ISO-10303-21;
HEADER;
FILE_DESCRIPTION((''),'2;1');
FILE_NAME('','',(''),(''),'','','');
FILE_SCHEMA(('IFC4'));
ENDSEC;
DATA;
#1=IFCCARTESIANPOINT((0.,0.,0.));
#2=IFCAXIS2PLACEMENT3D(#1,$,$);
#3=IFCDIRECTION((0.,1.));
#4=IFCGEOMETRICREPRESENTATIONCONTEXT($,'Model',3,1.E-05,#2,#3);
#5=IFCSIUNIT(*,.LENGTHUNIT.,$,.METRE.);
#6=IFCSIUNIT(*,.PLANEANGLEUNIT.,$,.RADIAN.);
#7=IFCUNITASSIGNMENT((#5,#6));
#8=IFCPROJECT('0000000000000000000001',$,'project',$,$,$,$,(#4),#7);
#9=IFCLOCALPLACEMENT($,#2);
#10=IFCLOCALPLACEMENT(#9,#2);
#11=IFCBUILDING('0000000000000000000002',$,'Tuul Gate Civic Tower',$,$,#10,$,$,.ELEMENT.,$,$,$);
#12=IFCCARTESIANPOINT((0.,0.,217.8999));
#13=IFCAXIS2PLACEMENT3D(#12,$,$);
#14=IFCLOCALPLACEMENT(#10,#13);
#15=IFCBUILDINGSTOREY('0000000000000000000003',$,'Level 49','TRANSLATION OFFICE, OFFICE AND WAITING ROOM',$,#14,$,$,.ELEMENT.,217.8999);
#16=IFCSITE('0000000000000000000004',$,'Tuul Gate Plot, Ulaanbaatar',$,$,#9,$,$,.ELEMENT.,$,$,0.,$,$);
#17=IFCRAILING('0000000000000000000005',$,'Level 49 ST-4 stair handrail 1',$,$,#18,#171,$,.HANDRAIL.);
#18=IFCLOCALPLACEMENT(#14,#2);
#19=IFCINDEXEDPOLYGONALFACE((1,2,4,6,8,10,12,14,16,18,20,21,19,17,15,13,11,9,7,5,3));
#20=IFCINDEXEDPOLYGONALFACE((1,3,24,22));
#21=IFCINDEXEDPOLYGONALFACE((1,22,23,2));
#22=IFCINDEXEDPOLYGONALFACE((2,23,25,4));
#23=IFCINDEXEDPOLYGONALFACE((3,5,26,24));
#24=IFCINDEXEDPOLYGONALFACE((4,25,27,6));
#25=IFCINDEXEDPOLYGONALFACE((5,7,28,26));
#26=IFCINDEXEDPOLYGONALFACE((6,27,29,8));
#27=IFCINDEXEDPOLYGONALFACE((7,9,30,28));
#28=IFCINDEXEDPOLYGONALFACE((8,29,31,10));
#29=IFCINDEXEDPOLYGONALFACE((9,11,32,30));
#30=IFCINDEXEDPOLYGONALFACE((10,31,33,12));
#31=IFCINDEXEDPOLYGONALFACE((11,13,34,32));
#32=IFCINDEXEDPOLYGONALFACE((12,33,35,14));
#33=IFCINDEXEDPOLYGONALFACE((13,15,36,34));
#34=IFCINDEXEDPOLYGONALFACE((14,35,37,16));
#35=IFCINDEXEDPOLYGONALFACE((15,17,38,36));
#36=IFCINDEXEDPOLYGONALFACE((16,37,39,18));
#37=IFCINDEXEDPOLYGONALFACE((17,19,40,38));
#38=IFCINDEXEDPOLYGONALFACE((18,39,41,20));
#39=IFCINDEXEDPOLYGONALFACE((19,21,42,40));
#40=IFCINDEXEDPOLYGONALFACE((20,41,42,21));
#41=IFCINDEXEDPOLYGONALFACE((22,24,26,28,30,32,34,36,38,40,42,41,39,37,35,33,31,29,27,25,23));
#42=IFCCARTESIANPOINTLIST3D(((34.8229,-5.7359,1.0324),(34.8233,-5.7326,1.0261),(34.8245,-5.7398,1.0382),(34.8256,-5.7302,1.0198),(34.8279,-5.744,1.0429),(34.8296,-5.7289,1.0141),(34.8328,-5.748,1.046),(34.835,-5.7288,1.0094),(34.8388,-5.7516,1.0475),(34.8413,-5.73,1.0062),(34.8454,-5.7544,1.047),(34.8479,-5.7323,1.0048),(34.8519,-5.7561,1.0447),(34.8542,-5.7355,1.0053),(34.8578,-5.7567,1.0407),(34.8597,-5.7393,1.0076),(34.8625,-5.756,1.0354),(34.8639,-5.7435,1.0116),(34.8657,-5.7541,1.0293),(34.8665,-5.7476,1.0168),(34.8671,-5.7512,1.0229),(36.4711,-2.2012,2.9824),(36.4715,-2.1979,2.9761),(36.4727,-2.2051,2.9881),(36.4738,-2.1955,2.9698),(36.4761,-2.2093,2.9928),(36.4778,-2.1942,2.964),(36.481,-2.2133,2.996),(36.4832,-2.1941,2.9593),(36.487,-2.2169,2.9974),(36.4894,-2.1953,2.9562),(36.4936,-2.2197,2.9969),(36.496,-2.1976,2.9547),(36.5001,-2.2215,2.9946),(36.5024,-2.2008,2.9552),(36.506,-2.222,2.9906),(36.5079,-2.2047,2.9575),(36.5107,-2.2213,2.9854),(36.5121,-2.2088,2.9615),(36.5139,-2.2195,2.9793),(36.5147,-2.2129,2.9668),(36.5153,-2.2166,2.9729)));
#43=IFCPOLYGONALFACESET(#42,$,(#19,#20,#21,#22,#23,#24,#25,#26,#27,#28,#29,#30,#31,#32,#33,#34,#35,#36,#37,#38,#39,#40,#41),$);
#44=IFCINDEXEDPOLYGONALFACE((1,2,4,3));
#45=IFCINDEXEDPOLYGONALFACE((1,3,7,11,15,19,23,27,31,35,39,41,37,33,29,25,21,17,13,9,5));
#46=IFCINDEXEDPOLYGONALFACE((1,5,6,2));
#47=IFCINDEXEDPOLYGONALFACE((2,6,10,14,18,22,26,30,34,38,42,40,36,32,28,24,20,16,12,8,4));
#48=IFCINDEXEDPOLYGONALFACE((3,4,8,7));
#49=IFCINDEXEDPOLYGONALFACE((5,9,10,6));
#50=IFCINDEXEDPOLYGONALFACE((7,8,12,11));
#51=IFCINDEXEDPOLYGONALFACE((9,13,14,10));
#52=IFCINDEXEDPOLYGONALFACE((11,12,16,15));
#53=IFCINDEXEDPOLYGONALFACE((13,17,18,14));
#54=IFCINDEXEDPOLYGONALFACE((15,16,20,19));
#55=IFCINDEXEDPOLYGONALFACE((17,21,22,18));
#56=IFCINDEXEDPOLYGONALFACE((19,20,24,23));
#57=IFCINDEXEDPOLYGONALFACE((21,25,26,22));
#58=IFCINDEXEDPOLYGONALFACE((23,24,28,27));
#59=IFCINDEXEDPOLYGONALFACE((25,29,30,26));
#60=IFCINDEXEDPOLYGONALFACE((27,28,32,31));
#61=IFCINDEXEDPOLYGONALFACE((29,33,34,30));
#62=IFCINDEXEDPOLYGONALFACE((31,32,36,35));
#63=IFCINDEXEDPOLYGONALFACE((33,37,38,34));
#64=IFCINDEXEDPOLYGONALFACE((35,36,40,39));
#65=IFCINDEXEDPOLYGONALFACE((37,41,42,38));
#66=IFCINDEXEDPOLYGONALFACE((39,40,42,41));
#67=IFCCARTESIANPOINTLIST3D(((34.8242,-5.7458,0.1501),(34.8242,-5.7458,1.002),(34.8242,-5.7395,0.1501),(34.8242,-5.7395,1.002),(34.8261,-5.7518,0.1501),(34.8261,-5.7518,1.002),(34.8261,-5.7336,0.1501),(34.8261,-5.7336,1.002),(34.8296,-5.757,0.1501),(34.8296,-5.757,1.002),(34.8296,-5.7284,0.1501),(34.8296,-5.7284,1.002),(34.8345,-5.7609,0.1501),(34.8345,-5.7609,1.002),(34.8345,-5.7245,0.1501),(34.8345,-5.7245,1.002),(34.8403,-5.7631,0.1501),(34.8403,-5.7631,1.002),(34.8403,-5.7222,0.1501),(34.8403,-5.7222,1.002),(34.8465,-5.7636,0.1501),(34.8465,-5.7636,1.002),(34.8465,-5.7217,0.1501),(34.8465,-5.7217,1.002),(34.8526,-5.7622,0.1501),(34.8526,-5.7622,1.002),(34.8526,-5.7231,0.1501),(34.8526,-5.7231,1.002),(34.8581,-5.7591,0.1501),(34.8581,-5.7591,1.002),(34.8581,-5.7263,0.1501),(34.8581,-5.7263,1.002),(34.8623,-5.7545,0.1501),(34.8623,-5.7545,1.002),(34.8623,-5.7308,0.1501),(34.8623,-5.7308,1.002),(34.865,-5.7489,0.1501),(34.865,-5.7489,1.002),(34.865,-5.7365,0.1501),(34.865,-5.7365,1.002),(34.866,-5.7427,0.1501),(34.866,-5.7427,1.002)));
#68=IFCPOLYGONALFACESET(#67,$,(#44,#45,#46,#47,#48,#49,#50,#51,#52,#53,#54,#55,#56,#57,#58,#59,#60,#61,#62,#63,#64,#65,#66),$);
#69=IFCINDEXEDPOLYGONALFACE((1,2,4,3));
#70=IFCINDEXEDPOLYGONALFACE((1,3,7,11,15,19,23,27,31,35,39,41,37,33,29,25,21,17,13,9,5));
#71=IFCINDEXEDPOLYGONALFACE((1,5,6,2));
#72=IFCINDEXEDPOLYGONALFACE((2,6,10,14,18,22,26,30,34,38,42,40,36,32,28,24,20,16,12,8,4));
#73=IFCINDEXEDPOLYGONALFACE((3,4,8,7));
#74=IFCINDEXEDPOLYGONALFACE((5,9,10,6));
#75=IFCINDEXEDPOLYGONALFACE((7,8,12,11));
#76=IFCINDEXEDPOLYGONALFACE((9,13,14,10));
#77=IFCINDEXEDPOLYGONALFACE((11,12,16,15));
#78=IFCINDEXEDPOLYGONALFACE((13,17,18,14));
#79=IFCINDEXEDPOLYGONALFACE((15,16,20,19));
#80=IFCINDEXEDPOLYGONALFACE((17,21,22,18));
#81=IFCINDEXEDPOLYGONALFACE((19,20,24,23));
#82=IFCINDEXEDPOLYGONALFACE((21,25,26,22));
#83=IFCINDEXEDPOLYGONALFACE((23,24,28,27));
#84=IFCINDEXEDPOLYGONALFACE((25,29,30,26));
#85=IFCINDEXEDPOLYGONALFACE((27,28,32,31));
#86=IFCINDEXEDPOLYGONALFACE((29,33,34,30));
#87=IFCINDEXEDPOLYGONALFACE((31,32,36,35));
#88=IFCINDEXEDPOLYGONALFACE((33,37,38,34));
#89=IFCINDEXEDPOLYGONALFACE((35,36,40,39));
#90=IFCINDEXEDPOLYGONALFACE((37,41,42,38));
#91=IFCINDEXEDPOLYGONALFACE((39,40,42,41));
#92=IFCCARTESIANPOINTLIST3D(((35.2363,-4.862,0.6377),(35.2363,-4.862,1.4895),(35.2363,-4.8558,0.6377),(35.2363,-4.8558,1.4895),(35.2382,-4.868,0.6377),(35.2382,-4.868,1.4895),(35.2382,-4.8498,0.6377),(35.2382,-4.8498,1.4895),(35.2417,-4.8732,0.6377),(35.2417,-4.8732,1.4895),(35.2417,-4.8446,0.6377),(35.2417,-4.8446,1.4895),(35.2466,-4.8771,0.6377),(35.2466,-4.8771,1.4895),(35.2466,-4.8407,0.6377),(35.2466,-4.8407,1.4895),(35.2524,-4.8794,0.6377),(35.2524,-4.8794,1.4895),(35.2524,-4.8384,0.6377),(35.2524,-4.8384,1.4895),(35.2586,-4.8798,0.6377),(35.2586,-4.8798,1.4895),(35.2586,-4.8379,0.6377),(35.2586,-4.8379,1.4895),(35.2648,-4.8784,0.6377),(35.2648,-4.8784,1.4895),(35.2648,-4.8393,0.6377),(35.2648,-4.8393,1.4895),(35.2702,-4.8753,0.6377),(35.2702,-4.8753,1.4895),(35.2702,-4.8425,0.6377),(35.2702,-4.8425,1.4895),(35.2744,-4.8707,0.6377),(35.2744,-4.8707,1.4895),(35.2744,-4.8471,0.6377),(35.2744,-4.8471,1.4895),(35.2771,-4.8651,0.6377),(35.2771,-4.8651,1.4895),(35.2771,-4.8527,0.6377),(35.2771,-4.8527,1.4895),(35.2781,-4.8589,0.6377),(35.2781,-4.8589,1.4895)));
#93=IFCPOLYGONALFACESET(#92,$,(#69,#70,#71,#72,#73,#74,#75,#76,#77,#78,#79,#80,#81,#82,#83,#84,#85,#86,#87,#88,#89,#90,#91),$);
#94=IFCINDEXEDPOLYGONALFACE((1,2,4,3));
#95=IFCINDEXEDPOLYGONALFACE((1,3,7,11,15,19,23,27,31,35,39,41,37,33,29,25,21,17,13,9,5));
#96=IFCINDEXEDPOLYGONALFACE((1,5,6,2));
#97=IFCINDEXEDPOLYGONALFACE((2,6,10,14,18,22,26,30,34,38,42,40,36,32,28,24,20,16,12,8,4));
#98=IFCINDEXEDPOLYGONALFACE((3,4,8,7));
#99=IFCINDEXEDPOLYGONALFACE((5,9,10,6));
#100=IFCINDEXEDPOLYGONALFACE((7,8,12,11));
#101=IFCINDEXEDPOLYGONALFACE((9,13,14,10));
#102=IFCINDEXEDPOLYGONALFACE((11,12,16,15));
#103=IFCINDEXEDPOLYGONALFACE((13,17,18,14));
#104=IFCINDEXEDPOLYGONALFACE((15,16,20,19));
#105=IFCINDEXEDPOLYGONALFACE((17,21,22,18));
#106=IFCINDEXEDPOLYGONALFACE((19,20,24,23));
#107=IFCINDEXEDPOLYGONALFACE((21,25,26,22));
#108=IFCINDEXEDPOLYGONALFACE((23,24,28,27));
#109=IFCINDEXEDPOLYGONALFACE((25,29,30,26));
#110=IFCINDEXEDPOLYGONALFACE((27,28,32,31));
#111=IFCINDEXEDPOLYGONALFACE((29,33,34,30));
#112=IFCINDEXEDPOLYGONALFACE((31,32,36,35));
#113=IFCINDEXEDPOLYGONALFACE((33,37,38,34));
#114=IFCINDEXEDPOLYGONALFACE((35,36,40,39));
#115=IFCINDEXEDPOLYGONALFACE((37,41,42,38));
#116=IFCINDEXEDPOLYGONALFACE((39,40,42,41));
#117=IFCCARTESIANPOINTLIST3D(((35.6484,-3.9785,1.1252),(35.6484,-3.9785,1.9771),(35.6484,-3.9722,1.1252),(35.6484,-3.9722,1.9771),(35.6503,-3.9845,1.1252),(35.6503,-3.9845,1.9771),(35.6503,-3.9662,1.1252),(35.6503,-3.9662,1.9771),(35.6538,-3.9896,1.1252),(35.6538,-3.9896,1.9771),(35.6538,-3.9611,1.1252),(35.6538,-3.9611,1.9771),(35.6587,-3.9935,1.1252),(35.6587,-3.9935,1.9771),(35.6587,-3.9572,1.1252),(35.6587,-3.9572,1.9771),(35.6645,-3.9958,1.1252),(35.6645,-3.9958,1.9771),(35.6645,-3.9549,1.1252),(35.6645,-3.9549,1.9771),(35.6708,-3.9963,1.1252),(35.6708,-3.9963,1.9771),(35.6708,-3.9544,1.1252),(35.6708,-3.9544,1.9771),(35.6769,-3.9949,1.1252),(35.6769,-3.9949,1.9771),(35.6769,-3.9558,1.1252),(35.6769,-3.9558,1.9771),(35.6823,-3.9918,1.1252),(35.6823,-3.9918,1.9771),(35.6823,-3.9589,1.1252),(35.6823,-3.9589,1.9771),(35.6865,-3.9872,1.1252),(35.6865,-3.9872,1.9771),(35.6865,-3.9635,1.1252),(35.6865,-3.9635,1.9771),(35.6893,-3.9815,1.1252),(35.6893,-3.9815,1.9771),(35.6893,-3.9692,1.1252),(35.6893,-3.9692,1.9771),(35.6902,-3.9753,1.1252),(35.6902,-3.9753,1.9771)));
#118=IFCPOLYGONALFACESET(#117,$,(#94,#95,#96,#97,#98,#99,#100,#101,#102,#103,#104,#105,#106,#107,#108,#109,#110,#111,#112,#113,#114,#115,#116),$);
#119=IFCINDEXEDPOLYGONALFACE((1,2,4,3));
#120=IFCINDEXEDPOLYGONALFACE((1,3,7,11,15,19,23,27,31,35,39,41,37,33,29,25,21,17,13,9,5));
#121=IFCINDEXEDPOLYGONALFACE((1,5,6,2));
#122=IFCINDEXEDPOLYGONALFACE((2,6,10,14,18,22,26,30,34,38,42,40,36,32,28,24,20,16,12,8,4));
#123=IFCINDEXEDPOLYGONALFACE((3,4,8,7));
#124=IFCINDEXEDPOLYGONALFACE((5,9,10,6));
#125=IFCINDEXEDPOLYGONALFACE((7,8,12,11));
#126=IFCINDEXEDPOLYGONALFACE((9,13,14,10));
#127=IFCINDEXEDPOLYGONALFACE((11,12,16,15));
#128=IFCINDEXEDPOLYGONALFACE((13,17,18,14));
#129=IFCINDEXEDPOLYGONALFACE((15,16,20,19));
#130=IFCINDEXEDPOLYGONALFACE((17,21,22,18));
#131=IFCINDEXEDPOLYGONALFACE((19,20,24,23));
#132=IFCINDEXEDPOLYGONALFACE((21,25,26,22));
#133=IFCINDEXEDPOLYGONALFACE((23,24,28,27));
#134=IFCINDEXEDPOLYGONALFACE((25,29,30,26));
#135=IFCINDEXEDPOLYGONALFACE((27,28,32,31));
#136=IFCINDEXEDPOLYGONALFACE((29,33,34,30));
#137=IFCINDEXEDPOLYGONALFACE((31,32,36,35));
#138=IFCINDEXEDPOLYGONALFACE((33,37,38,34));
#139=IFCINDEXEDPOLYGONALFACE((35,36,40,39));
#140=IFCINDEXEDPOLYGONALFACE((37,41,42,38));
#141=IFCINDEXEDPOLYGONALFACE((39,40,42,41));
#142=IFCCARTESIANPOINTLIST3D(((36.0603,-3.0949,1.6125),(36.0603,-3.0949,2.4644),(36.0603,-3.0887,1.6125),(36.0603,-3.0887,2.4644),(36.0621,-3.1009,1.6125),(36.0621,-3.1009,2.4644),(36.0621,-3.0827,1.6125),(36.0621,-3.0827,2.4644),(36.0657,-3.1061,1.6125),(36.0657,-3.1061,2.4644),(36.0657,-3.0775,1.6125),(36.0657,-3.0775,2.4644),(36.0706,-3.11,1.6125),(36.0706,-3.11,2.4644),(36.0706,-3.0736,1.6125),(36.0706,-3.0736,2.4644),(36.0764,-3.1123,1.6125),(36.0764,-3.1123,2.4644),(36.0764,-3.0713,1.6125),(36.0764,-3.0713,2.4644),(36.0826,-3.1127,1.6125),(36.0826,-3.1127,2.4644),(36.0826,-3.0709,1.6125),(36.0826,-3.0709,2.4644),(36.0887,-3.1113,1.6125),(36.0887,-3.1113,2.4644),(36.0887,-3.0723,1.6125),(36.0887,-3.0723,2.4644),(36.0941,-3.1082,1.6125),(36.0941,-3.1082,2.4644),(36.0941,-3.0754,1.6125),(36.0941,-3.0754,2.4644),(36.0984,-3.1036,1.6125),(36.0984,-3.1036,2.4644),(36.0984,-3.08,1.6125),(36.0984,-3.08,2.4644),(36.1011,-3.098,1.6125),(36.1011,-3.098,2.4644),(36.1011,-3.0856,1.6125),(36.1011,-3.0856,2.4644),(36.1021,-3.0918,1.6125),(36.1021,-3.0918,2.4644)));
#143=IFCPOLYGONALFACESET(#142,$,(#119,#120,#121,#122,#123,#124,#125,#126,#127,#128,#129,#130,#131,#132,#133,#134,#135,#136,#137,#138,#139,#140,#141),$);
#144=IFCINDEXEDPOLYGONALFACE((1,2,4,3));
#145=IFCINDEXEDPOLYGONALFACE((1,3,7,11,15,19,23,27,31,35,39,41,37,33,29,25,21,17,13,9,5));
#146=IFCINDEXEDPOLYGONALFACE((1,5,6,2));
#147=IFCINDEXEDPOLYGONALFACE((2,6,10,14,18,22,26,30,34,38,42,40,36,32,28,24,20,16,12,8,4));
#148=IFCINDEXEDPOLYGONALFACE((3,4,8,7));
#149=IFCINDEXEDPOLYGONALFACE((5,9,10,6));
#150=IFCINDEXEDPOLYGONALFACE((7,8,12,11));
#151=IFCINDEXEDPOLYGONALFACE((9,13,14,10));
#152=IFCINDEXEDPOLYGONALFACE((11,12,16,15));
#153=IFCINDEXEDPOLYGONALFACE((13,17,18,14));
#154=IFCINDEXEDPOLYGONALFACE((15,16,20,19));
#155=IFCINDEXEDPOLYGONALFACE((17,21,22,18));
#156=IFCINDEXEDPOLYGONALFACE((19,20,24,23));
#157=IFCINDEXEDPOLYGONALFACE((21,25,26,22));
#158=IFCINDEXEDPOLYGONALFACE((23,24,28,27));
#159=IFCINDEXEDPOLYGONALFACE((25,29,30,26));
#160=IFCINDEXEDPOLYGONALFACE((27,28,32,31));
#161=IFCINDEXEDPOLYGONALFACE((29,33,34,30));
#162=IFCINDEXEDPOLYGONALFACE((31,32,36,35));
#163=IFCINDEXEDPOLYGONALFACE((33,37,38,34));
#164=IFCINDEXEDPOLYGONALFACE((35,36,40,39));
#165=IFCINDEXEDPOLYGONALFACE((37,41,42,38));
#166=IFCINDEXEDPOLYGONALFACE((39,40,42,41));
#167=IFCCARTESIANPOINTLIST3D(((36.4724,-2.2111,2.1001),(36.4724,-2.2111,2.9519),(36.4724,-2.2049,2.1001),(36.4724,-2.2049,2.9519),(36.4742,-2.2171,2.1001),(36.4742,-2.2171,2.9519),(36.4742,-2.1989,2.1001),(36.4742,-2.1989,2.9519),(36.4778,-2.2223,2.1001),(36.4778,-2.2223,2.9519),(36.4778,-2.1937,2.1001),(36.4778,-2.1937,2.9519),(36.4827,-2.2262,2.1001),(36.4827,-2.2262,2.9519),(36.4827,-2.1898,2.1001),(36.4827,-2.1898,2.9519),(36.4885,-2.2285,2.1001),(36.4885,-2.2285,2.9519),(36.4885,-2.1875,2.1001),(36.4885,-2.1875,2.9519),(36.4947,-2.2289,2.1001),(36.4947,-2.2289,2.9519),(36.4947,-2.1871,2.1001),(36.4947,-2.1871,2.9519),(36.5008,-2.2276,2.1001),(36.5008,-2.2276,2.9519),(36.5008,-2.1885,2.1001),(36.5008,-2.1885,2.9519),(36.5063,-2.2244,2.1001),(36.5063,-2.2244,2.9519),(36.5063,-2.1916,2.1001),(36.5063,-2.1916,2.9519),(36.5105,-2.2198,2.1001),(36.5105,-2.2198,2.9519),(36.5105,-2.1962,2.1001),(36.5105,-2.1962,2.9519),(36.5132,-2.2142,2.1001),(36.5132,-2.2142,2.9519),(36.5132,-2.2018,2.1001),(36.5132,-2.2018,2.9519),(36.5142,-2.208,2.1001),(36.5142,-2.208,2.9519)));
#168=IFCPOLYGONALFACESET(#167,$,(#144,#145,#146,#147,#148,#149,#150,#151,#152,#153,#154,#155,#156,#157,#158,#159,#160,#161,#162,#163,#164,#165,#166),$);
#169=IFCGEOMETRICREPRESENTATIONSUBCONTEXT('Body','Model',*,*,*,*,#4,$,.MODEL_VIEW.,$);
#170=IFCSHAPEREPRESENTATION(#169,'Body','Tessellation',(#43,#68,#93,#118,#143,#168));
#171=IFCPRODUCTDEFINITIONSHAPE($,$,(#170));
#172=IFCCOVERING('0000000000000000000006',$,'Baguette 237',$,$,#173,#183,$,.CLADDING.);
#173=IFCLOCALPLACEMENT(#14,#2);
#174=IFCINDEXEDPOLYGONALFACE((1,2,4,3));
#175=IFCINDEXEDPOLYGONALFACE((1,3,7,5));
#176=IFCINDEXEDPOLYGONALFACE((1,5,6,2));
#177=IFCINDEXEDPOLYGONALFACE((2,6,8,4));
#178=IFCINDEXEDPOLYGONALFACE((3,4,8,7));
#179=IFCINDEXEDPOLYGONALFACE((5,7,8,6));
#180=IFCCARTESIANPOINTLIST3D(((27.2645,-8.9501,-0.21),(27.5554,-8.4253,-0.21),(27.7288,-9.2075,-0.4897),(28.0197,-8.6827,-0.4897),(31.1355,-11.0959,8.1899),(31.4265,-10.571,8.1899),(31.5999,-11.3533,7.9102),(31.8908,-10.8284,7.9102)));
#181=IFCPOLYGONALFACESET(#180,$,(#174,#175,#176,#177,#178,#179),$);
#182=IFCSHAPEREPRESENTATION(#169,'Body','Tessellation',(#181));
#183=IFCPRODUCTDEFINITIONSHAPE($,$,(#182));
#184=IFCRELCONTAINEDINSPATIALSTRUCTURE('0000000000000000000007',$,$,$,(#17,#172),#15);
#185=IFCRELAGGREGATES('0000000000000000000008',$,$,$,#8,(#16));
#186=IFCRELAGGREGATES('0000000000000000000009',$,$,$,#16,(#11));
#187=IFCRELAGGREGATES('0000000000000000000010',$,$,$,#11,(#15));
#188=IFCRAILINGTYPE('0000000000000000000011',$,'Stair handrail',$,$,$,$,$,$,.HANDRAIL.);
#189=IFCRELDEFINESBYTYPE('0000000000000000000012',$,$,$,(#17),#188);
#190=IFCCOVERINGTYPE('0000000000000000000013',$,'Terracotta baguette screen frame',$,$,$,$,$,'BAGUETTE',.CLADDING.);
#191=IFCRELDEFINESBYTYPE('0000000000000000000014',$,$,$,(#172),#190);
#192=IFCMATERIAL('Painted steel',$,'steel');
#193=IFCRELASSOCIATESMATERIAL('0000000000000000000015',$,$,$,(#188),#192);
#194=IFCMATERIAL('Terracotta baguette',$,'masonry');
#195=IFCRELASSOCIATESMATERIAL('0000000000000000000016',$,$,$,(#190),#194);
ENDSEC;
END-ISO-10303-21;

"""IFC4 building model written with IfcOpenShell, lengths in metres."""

from ifc_helpers import new_model, si_unit, direction, frame, origin, origin_2d, place, context, subcontext, project, spatial, rectangle, circle, extrude, material, material_profile, profile_set, type_object, element, save


model = new_model("IFC4")

# Units and contexts
model_context = context("Model", 3, precision=1e-05, world=origin(), true_north=direction((0.0, 1.0)))
body_context = subcontext(model_context, "Body", "Model", "MODEL_VIEW")
ifc_project = project(units=[si_unit("LENGTHUNIT", "METRE"), si_unit("PLANEANGLEUNIT", "RADIAN")], contexts=[model_context])

# Site, building, storey
site_placement = place(None, origin())
site = spatial("IfcSite", under=ifc_project, at=site_placement, Name="Tuul Gate Plot, Ulaanbaatar", CompositionType="ELEMENT", RefElevation=0.0)
building_placement = place(site_placement, origin())
building = spatial("IfcBuilding", under=site, at=building_placement, Name="Tuul Gate Civic Tower", CompositionType="ELEMENT")
storey_placement = place(building_placement, frame((0.0, 0.0, 217.8999)))
storey = spatial("IfcBuildingStorey", under=building, at=storey_placement, Name="Level 49", Description="TRANSLATION OFFICE, OFFICE AND WAITING ROOM", CompositionType="ELEMENT", Elevation=217.8999)

# Railing
ifc_material_1 = material(Name="Painted steel", Category="steel")
railing_type_1 = type_object("IfcRailingType", Name="Stair handrail", PredefinedType="HANDRAIL", material=ifc_material_1)
railing_1_placement = place(storey_placement, frame((34.845, -5.7427, 0.1501)))
element("IfcRailing", 1, at=railing_1_placement, inside=storey, type_object=railing_type_1, Name="Level 49 ST-4 stair handrail 1", PredefinedType="HANDRAIL", context=body_context, shape_type="SweptSolid", body=[
    extrude(circle(Radius=0.0239, at=origin_2d()), frame((0.0, 0.0, 0.876), z_axis=(0.377995, 0.810637, 0.4472), x_axis=(-0.906313, 0.422608, 0.0)), (0.0, 0.0, 1.0), 4.3604),
    extrude(circle(Radius=0.021, at=origin_2d()), origin(), (0.0, 0.0, 1.0), 0.8518),
    extrude(circle(Radius=0.021, at=origin_2d()), frame((0.4121, 0.8838, 0.4875)), (0.0, 0.0, 1.0), 0.8518),
    extrude(circle(Radius=0.021, at=origin_2d()), frame((0.8242, 1.7673, 0.9751)), (0.0, 0.0, 1.0), 0.8518),
    extrude(circle(Radius=0.021, at=origin_2d()), frame((1.2361, 2.6509, 1.4624)), (0.0, 0.0, 1.0), 0.8518),
    extrude(circle(Radius=0.021, at=origin_2d()), frame((1.6482, 3.5347, 1.95)), (0.0, 0.0, 1.0), 0.8518),
])

# Covering
ifc_material_2 = material(Name="Terracotta baguette", Category="masonry")
ifc_material_profile_1 = material_profile(ifc_material_2, rectangle(XDim=0.6001, YDim=0.6001, at=origin_2d()), Name="Terracotta baguette screen frame")
ifc_profile_set_1 = profile_set([ifc_material_profile_1], Name="Terracotta baguette")
covering_type = type_object("IfcCoveringType", Name="Terracotta baguette screen frame", ElementType="BAGUETTE", PredefinedType="CLADDING", material=ifc_profile_set_1)
covering_placement = place(storey_placement, frame((27.6421, -8.8164, -0.3499), z_axis=(0.407714, -0.225996, 0.8847), x_axis=(0.484804, 0.874623, 0.0)))
element("IfcCovering", 2, at=covering_placement, inside=storey, type_object=covering_type, Name="Baguette 237", PredefinedType="CLADDING", context=body_context, shape_type="SweptSolid", body=[
    extrude(rectangle(XDim=0.6001, YDim=0.6001, at=origin_2d()), origin(), (0.0, 0.0, 1.0), 9.4946),
])

save(model, "model.ifc")
